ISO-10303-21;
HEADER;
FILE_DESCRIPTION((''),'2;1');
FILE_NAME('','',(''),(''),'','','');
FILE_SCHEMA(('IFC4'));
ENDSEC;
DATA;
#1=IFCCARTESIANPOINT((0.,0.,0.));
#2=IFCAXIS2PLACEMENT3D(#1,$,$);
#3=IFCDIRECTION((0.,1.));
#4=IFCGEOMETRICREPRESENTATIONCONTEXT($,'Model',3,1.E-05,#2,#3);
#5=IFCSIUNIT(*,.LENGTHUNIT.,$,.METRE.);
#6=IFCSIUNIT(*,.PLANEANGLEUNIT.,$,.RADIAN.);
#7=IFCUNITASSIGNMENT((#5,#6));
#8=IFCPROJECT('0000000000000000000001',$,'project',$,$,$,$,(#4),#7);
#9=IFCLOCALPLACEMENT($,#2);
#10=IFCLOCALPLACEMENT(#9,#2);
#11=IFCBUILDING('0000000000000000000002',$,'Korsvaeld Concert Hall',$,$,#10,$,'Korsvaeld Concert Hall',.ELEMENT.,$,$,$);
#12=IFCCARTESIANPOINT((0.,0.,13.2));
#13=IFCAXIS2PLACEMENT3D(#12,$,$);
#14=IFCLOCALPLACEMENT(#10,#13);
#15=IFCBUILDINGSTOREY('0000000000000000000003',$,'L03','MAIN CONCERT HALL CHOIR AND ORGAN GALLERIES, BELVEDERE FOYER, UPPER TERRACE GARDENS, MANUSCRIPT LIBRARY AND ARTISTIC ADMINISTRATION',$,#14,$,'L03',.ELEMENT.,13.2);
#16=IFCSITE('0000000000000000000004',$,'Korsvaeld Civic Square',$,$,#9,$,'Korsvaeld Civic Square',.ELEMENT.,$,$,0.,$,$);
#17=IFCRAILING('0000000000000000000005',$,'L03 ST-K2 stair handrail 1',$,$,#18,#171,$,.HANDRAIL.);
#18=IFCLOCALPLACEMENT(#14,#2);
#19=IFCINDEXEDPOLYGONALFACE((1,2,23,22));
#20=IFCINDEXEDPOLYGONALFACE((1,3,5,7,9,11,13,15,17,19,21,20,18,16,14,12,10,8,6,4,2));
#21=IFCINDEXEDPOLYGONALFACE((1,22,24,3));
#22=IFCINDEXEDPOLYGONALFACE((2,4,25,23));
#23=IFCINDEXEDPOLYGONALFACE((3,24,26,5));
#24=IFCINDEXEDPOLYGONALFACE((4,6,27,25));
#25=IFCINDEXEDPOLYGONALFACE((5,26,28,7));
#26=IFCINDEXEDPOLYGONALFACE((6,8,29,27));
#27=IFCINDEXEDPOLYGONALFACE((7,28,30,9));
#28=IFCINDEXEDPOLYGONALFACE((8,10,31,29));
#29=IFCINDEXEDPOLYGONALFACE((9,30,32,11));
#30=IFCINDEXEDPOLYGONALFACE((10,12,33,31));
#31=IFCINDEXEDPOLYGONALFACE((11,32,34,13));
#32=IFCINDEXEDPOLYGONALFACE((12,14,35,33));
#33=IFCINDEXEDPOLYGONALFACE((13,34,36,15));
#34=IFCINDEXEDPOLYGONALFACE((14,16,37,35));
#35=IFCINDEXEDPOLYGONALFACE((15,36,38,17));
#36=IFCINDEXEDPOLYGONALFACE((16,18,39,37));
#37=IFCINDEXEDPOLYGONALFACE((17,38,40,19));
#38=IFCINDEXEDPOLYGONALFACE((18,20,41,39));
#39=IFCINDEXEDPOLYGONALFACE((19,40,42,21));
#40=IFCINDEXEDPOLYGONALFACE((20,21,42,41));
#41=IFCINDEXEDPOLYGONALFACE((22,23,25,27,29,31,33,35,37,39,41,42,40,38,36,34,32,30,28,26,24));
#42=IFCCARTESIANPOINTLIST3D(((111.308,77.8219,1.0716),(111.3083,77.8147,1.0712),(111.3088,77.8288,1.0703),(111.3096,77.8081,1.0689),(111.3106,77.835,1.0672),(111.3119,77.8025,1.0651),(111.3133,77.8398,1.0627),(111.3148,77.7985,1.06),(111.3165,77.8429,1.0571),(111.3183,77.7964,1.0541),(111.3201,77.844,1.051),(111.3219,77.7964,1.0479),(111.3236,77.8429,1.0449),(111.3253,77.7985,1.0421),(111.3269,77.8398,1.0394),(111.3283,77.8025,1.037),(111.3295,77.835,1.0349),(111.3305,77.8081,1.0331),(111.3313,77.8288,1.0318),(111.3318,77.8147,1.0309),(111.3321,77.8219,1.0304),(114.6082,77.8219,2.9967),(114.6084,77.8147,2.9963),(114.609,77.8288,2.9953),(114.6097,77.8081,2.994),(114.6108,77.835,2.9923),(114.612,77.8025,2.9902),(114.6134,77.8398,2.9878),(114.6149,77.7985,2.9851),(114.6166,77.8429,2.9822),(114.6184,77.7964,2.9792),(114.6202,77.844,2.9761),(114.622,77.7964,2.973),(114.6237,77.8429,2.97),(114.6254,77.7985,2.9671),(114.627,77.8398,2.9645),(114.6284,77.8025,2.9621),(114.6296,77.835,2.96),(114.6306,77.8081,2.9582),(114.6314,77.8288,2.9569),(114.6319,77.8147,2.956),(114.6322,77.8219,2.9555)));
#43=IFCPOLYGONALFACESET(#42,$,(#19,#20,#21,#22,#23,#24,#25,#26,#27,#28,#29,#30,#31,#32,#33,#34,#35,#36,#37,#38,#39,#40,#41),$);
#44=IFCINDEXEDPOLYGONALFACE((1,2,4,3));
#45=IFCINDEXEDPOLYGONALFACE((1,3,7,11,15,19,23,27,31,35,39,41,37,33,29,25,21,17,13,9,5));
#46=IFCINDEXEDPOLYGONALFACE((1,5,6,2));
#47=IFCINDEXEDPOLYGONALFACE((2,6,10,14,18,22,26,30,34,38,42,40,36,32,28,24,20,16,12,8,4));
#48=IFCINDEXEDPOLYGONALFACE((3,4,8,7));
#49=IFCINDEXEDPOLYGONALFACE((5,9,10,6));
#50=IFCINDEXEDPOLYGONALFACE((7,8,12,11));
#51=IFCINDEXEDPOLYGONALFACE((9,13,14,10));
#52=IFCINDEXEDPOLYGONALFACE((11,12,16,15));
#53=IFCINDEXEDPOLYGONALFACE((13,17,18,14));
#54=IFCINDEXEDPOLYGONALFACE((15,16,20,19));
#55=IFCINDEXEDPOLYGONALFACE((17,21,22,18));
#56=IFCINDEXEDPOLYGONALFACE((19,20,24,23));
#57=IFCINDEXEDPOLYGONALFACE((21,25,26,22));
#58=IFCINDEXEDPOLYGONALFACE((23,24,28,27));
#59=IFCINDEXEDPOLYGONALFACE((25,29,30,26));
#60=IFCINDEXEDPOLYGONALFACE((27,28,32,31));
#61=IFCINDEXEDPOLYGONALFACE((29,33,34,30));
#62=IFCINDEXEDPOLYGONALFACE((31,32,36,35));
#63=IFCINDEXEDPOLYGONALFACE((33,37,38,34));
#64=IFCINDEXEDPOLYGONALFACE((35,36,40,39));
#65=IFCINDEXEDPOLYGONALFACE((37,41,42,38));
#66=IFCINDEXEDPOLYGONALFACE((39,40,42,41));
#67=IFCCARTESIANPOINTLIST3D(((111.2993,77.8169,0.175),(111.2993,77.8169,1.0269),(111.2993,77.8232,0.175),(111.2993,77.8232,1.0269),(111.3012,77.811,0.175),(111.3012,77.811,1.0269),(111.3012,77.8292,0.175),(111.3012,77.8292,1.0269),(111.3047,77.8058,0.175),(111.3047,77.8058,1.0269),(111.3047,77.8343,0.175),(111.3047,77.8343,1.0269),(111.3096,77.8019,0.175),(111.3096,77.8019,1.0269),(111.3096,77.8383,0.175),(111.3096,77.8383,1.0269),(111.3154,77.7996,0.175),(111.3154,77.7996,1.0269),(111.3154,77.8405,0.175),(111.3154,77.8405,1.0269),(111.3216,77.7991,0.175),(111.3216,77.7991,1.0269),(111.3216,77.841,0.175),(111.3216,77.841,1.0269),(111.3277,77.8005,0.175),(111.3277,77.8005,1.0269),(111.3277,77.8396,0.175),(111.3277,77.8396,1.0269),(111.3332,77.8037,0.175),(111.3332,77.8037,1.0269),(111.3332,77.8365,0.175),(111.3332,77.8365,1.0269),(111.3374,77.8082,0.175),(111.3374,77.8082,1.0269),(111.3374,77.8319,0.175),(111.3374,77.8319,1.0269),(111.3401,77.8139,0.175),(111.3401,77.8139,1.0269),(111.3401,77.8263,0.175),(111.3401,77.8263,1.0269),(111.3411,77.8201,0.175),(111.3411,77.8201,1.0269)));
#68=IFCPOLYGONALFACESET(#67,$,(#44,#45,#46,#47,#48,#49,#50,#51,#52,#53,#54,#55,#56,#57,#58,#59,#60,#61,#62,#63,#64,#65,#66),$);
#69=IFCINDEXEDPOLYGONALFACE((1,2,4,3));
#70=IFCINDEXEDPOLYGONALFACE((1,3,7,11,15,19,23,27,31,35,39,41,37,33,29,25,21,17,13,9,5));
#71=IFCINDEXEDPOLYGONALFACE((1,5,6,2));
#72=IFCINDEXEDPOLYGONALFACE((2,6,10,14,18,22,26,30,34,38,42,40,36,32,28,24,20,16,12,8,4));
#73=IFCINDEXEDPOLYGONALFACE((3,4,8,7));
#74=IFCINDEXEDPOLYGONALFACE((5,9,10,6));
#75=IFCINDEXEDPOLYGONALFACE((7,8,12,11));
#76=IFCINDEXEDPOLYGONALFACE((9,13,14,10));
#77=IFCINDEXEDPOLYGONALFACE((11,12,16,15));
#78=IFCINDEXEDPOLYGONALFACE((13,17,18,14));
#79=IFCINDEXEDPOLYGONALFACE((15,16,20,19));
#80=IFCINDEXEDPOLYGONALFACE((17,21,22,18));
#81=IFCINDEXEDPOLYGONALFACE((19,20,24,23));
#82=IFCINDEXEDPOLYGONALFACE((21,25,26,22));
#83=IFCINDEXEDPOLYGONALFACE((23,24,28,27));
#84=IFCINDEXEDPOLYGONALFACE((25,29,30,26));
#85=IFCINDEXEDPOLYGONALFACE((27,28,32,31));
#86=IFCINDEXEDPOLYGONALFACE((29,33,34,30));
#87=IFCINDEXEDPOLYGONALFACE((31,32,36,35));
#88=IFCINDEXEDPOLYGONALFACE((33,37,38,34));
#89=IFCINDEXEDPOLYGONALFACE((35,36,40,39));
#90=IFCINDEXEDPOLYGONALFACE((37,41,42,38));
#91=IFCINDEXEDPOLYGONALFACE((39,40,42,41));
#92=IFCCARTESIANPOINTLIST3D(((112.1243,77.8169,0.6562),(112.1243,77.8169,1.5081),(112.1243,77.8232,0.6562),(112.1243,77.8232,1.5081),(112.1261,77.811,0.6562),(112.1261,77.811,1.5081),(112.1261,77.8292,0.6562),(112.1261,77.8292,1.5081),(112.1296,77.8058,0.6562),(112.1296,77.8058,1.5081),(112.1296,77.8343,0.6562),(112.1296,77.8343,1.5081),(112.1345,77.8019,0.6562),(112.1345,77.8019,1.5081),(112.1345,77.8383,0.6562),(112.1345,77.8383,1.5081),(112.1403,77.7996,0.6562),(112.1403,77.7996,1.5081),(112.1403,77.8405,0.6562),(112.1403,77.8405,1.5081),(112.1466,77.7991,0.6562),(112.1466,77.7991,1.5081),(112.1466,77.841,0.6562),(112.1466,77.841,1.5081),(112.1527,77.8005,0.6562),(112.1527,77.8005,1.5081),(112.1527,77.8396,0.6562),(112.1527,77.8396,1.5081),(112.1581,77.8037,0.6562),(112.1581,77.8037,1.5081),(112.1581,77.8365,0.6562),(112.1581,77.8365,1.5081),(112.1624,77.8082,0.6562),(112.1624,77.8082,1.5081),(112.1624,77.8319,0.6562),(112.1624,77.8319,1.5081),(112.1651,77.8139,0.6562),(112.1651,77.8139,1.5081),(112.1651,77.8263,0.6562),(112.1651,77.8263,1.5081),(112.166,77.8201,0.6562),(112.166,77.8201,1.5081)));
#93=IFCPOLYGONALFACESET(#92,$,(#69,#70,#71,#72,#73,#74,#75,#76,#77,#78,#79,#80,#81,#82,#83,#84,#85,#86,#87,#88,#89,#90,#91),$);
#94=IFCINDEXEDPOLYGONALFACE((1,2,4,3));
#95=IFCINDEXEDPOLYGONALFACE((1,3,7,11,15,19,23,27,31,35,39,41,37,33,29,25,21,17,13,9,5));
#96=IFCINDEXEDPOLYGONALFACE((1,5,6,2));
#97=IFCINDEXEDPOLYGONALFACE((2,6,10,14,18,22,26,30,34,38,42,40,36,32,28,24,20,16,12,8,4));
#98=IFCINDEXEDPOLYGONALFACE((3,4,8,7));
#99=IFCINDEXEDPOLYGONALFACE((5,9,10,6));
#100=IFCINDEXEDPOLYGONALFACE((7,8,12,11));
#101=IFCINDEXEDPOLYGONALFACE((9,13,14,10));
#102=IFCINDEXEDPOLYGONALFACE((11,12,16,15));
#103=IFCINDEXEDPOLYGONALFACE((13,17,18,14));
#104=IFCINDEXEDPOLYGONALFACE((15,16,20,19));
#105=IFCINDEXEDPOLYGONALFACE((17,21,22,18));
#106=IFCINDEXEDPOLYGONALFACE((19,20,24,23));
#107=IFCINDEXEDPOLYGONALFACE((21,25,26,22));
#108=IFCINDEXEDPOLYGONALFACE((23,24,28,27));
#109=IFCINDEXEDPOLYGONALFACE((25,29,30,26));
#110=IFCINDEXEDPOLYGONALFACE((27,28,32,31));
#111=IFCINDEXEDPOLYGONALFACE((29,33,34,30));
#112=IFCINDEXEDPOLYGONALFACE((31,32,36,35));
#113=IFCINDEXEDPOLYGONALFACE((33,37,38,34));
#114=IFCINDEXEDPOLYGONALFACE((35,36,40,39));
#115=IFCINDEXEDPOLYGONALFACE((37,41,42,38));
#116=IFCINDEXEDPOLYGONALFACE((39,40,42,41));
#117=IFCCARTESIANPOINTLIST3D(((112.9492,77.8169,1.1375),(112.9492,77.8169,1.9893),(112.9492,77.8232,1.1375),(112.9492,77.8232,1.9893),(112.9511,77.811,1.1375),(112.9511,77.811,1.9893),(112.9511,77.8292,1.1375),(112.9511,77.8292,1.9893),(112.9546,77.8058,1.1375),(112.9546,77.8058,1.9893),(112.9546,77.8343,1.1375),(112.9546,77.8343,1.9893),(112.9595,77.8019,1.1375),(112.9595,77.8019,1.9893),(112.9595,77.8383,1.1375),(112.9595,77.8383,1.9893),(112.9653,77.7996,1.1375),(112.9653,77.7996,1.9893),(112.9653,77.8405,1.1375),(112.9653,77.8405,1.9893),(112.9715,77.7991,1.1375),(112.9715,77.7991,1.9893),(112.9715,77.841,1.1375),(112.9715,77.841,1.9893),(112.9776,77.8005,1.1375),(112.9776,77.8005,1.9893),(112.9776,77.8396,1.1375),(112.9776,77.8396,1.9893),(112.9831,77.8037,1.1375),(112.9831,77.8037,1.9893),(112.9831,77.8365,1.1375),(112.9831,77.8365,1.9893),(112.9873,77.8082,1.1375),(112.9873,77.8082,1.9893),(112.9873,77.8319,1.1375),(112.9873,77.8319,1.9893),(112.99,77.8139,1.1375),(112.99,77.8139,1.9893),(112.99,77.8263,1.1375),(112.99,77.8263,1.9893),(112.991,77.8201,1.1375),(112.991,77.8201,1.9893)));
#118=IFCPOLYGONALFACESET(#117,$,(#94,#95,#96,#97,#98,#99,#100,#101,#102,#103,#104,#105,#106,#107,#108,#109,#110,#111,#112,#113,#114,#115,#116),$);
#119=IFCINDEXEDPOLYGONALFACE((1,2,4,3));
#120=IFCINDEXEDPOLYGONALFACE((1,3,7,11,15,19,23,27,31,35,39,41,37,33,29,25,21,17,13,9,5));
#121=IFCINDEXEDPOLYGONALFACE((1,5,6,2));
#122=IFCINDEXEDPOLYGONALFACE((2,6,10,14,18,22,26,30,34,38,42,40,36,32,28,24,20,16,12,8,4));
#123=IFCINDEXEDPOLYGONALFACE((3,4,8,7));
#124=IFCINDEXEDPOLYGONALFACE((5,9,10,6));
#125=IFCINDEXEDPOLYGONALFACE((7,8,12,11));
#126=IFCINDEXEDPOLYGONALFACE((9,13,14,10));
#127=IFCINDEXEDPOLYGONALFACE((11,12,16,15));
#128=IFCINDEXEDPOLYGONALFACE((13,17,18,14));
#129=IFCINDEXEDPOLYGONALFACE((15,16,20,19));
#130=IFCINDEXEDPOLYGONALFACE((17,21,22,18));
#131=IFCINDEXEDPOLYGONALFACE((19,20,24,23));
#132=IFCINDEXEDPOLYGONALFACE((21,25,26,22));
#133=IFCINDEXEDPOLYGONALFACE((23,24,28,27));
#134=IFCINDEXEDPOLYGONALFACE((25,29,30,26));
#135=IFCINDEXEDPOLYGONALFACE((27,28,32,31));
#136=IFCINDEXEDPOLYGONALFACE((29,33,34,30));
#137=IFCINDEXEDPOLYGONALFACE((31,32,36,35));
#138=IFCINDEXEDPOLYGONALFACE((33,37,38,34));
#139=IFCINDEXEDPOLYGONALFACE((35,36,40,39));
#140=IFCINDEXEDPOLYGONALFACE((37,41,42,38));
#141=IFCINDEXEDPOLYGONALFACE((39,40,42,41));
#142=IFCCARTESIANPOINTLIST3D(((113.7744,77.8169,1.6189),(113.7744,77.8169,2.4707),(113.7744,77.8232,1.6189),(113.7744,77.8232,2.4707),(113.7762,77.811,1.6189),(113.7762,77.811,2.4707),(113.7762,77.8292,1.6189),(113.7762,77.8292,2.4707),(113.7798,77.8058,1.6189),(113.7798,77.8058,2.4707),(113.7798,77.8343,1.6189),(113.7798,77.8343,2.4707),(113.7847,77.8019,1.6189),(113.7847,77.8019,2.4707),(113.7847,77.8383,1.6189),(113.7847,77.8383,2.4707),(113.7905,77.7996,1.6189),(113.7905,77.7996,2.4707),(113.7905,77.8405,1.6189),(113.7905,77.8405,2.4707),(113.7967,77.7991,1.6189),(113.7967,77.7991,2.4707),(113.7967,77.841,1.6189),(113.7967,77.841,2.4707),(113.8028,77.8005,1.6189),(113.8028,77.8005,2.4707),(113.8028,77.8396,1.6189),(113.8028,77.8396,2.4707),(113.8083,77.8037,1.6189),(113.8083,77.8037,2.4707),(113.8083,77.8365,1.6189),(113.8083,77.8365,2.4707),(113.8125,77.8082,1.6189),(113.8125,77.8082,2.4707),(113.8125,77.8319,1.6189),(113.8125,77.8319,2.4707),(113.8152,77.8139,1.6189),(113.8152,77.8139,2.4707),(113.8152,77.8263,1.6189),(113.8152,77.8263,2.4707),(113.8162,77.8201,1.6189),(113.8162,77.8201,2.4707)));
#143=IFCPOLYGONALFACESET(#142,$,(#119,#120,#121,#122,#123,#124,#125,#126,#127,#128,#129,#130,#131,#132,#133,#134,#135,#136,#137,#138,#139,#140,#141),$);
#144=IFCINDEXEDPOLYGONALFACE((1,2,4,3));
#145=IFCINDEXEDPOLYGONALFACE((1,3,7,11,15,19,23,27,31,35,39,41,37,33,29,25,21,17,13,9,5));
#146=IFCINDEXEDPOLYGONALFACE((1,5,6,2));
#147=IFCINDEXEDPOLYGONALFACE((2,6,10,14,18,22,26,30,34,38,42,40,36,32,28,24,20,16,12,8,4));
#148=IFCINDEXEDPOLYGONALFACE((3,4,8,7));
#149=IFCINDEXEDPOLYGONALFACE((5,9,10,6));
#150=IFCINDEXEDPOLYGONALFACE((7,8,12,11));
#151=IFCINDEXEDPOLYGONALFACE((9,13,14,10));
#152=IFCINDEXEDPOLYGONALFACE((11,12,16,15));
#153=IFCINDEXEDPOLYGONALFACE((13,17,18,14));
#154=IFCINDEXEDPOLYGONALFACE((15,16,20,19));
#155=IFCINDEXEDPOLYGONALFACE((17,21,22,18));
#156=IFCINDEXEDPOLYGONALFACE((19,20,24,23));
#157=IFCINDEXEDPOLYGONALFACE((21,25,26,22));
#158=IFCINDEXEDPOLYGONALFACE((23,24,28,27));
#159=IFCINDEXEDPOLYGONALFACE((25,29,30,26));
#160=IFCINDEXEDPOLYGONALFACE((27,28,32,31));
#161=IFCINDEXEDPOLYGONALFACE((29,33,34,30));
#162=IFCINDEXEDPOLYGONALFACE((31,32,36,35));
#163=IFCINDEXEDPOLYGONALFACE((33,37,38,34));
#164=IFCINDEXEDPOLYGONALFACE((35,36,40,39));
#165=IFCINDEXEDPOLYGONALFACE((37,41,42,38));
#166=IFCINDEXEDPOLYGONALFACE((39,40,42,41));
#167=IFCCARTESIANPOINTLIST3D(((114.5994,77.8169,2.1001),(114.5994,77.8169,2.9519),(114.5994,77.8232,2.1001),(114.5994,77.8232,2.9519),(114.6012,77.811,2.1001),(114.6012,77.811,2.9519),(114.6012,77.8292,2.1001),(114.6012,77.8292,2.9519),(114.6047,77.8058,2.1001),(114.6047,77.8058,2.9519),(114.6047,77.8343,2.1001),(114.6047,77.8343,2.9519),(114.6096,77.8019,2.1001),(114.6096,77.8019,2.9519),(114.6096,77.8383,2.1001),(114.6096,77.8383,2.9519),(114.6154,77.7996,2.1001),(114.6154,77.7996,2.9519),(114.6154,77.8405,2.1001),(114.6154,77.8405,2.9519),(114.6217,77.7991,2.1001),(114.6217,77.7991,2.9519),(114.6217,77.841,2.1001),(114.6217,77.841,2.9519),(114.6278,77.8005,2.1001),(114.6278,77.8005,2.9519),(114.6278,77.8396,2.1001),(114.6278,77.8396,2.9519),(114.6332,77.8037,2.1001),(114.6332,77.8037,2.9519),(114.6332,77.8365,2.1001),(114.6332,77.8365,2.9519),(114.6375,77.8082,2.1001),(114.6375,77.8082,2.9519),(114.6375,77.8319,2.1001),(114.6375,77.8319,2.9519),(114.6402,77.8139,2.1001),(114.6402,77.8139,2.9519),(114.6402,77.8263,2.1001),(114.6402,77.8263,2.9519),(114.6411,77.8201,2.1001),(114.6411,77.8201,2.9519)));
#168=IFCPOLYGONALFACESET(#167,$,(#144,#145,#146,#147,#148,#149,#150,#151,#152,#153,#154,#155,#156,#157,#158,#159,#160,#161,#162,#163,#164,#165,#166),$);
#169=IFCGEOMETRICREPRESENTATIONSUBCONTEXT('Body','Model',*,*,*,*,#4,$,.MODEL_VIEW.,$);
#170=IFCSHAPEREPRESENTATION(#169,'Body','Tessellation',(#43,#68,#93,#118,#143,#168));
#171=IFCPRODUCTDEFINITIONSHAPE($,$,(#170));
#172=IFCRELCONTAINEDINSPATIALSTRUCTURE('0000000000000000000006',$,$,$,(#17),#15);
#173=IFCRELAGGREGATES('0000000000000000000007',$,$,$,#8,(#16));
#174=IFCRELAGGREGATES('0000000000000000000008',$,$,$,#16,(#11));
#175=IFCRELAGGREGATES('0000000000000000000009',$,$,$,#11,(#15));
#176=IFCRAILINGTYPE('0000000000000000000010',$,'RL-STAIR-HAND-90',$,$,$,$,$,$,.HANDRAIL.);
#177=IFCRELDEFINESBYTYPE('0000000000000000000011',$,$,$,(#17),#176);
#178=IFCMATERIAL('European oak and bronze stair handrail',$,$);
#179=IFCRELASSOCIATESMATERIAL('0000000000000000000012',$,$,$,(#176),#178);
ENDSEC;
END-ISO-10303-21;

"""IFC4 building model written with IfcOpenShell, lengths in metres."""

from ifc_helpers import new_model, si_unit, direction, frame, origin, origin_2d, place, context, subcontext, project, spatial, circle, extrude, material, type_object, element, save


model = new_model("IFC4")

# Units and contexts
model_context = context("Model", 3, precision=1e-05, world=origin(), true_north=direction((0.0, 1.0)))
body_context = subcontext(model_context, "Body", "Model", "MODEL_VIEW")
ifc_project = project(units=[si_unit("LENGTHUNIT", "METRE"), si_unit("PLANEANGLEUNIT", "RADIAN")], contexts=[model_context])

# Site, building, storey
site_placement = place(None, origin())
site = spatial("IfcSite", under=ifc_project, at=site_placement, Name="Korsvaeld Civic Square", LongName="Korsvaeld Civic Square", CompositionType="ELEMENT", RefElevation=0.0)
building_placement = place(site_placement, origin())
building = spatial("IfcBuilding", under=site, at=building_placement, Name="Korsvaeld Concert Hall", LongName="Korsvaeld Concert Hall", CompositionType="ELEMENT")
storey_placement = place(building_placement, frame((0.0, 0.0, 13.2)))
storey = spatial("IfcBuildingStorey", under=building, at=storey_placement, Name="L03", Description="MAIN CONCERT HALL CHOIR AND ORGAN GALLERIES, BELVEDERE FOYER, UPPER TERRACE GARDENS, MANUSCRIPT LIBRARY AND ARTISTIC ADMINISTRATION", LongName="L03", CompositionType="ELEMENT", Elevation=13.2)

# Railing
ifc_material_1 = material(Name="European oak and bronze stair handrail")
railing_type_1 = type_object("IfcRailingType", Name="RL-STAIR-HAND-90", PredefinedType="HANDRAIL", material=ifc_material_1)
railing_1_placement = place(storey_placement, frame((111.3201, 77.8201, 0.175)))
element("IfcRailing", 1, at=railing_1_placement, inside=storey, type_object=railing_type_1, Name="L03 ST-K2 stair handrail 1", PredefinedType="HANDRAIL", context=body_context, shape_type="SweptSolid", body=[
    extrude(circle(Radius=0.0239, at=origin_2d()), frame((0.0, 0.0, 0.876), z_axis=(0.863777, 0.0, 0.503875), x_axis=(0.0, 1.0, 0.0)), (0.0, 0.0, 1.0), 3.8206),
    extrude(circle(Radius=0.021, at=origin_2d()), origin(), (0.0, 0.0, 1.0), 0.8518),
    extrude(circle(Radius=0.021, at=origin_2d()), frame((0.825, 0.0, 0.4812)), (0.0, 0.0, 1.0), 0.8518),
    extrude(circle(Radius=0.021, at=origin_2d()), frame((1.6499, 0.0, 0.9624)), (0.0, 0.0, 1.0), 0.8518),
    extrude(circle(Radius=0.021, at=origin_2d()), frame((2.4751, 0.0, 1.4438)), (0.0, 0.0, 1.0), 0.8518),
    extrude(circle(Radius=0.021, at=origin_2d()), frame((3.3, 0.0, 1.925)), (0.0, 0.0, 1.0), 0.8518),
])

save(model, "model.ifc")
